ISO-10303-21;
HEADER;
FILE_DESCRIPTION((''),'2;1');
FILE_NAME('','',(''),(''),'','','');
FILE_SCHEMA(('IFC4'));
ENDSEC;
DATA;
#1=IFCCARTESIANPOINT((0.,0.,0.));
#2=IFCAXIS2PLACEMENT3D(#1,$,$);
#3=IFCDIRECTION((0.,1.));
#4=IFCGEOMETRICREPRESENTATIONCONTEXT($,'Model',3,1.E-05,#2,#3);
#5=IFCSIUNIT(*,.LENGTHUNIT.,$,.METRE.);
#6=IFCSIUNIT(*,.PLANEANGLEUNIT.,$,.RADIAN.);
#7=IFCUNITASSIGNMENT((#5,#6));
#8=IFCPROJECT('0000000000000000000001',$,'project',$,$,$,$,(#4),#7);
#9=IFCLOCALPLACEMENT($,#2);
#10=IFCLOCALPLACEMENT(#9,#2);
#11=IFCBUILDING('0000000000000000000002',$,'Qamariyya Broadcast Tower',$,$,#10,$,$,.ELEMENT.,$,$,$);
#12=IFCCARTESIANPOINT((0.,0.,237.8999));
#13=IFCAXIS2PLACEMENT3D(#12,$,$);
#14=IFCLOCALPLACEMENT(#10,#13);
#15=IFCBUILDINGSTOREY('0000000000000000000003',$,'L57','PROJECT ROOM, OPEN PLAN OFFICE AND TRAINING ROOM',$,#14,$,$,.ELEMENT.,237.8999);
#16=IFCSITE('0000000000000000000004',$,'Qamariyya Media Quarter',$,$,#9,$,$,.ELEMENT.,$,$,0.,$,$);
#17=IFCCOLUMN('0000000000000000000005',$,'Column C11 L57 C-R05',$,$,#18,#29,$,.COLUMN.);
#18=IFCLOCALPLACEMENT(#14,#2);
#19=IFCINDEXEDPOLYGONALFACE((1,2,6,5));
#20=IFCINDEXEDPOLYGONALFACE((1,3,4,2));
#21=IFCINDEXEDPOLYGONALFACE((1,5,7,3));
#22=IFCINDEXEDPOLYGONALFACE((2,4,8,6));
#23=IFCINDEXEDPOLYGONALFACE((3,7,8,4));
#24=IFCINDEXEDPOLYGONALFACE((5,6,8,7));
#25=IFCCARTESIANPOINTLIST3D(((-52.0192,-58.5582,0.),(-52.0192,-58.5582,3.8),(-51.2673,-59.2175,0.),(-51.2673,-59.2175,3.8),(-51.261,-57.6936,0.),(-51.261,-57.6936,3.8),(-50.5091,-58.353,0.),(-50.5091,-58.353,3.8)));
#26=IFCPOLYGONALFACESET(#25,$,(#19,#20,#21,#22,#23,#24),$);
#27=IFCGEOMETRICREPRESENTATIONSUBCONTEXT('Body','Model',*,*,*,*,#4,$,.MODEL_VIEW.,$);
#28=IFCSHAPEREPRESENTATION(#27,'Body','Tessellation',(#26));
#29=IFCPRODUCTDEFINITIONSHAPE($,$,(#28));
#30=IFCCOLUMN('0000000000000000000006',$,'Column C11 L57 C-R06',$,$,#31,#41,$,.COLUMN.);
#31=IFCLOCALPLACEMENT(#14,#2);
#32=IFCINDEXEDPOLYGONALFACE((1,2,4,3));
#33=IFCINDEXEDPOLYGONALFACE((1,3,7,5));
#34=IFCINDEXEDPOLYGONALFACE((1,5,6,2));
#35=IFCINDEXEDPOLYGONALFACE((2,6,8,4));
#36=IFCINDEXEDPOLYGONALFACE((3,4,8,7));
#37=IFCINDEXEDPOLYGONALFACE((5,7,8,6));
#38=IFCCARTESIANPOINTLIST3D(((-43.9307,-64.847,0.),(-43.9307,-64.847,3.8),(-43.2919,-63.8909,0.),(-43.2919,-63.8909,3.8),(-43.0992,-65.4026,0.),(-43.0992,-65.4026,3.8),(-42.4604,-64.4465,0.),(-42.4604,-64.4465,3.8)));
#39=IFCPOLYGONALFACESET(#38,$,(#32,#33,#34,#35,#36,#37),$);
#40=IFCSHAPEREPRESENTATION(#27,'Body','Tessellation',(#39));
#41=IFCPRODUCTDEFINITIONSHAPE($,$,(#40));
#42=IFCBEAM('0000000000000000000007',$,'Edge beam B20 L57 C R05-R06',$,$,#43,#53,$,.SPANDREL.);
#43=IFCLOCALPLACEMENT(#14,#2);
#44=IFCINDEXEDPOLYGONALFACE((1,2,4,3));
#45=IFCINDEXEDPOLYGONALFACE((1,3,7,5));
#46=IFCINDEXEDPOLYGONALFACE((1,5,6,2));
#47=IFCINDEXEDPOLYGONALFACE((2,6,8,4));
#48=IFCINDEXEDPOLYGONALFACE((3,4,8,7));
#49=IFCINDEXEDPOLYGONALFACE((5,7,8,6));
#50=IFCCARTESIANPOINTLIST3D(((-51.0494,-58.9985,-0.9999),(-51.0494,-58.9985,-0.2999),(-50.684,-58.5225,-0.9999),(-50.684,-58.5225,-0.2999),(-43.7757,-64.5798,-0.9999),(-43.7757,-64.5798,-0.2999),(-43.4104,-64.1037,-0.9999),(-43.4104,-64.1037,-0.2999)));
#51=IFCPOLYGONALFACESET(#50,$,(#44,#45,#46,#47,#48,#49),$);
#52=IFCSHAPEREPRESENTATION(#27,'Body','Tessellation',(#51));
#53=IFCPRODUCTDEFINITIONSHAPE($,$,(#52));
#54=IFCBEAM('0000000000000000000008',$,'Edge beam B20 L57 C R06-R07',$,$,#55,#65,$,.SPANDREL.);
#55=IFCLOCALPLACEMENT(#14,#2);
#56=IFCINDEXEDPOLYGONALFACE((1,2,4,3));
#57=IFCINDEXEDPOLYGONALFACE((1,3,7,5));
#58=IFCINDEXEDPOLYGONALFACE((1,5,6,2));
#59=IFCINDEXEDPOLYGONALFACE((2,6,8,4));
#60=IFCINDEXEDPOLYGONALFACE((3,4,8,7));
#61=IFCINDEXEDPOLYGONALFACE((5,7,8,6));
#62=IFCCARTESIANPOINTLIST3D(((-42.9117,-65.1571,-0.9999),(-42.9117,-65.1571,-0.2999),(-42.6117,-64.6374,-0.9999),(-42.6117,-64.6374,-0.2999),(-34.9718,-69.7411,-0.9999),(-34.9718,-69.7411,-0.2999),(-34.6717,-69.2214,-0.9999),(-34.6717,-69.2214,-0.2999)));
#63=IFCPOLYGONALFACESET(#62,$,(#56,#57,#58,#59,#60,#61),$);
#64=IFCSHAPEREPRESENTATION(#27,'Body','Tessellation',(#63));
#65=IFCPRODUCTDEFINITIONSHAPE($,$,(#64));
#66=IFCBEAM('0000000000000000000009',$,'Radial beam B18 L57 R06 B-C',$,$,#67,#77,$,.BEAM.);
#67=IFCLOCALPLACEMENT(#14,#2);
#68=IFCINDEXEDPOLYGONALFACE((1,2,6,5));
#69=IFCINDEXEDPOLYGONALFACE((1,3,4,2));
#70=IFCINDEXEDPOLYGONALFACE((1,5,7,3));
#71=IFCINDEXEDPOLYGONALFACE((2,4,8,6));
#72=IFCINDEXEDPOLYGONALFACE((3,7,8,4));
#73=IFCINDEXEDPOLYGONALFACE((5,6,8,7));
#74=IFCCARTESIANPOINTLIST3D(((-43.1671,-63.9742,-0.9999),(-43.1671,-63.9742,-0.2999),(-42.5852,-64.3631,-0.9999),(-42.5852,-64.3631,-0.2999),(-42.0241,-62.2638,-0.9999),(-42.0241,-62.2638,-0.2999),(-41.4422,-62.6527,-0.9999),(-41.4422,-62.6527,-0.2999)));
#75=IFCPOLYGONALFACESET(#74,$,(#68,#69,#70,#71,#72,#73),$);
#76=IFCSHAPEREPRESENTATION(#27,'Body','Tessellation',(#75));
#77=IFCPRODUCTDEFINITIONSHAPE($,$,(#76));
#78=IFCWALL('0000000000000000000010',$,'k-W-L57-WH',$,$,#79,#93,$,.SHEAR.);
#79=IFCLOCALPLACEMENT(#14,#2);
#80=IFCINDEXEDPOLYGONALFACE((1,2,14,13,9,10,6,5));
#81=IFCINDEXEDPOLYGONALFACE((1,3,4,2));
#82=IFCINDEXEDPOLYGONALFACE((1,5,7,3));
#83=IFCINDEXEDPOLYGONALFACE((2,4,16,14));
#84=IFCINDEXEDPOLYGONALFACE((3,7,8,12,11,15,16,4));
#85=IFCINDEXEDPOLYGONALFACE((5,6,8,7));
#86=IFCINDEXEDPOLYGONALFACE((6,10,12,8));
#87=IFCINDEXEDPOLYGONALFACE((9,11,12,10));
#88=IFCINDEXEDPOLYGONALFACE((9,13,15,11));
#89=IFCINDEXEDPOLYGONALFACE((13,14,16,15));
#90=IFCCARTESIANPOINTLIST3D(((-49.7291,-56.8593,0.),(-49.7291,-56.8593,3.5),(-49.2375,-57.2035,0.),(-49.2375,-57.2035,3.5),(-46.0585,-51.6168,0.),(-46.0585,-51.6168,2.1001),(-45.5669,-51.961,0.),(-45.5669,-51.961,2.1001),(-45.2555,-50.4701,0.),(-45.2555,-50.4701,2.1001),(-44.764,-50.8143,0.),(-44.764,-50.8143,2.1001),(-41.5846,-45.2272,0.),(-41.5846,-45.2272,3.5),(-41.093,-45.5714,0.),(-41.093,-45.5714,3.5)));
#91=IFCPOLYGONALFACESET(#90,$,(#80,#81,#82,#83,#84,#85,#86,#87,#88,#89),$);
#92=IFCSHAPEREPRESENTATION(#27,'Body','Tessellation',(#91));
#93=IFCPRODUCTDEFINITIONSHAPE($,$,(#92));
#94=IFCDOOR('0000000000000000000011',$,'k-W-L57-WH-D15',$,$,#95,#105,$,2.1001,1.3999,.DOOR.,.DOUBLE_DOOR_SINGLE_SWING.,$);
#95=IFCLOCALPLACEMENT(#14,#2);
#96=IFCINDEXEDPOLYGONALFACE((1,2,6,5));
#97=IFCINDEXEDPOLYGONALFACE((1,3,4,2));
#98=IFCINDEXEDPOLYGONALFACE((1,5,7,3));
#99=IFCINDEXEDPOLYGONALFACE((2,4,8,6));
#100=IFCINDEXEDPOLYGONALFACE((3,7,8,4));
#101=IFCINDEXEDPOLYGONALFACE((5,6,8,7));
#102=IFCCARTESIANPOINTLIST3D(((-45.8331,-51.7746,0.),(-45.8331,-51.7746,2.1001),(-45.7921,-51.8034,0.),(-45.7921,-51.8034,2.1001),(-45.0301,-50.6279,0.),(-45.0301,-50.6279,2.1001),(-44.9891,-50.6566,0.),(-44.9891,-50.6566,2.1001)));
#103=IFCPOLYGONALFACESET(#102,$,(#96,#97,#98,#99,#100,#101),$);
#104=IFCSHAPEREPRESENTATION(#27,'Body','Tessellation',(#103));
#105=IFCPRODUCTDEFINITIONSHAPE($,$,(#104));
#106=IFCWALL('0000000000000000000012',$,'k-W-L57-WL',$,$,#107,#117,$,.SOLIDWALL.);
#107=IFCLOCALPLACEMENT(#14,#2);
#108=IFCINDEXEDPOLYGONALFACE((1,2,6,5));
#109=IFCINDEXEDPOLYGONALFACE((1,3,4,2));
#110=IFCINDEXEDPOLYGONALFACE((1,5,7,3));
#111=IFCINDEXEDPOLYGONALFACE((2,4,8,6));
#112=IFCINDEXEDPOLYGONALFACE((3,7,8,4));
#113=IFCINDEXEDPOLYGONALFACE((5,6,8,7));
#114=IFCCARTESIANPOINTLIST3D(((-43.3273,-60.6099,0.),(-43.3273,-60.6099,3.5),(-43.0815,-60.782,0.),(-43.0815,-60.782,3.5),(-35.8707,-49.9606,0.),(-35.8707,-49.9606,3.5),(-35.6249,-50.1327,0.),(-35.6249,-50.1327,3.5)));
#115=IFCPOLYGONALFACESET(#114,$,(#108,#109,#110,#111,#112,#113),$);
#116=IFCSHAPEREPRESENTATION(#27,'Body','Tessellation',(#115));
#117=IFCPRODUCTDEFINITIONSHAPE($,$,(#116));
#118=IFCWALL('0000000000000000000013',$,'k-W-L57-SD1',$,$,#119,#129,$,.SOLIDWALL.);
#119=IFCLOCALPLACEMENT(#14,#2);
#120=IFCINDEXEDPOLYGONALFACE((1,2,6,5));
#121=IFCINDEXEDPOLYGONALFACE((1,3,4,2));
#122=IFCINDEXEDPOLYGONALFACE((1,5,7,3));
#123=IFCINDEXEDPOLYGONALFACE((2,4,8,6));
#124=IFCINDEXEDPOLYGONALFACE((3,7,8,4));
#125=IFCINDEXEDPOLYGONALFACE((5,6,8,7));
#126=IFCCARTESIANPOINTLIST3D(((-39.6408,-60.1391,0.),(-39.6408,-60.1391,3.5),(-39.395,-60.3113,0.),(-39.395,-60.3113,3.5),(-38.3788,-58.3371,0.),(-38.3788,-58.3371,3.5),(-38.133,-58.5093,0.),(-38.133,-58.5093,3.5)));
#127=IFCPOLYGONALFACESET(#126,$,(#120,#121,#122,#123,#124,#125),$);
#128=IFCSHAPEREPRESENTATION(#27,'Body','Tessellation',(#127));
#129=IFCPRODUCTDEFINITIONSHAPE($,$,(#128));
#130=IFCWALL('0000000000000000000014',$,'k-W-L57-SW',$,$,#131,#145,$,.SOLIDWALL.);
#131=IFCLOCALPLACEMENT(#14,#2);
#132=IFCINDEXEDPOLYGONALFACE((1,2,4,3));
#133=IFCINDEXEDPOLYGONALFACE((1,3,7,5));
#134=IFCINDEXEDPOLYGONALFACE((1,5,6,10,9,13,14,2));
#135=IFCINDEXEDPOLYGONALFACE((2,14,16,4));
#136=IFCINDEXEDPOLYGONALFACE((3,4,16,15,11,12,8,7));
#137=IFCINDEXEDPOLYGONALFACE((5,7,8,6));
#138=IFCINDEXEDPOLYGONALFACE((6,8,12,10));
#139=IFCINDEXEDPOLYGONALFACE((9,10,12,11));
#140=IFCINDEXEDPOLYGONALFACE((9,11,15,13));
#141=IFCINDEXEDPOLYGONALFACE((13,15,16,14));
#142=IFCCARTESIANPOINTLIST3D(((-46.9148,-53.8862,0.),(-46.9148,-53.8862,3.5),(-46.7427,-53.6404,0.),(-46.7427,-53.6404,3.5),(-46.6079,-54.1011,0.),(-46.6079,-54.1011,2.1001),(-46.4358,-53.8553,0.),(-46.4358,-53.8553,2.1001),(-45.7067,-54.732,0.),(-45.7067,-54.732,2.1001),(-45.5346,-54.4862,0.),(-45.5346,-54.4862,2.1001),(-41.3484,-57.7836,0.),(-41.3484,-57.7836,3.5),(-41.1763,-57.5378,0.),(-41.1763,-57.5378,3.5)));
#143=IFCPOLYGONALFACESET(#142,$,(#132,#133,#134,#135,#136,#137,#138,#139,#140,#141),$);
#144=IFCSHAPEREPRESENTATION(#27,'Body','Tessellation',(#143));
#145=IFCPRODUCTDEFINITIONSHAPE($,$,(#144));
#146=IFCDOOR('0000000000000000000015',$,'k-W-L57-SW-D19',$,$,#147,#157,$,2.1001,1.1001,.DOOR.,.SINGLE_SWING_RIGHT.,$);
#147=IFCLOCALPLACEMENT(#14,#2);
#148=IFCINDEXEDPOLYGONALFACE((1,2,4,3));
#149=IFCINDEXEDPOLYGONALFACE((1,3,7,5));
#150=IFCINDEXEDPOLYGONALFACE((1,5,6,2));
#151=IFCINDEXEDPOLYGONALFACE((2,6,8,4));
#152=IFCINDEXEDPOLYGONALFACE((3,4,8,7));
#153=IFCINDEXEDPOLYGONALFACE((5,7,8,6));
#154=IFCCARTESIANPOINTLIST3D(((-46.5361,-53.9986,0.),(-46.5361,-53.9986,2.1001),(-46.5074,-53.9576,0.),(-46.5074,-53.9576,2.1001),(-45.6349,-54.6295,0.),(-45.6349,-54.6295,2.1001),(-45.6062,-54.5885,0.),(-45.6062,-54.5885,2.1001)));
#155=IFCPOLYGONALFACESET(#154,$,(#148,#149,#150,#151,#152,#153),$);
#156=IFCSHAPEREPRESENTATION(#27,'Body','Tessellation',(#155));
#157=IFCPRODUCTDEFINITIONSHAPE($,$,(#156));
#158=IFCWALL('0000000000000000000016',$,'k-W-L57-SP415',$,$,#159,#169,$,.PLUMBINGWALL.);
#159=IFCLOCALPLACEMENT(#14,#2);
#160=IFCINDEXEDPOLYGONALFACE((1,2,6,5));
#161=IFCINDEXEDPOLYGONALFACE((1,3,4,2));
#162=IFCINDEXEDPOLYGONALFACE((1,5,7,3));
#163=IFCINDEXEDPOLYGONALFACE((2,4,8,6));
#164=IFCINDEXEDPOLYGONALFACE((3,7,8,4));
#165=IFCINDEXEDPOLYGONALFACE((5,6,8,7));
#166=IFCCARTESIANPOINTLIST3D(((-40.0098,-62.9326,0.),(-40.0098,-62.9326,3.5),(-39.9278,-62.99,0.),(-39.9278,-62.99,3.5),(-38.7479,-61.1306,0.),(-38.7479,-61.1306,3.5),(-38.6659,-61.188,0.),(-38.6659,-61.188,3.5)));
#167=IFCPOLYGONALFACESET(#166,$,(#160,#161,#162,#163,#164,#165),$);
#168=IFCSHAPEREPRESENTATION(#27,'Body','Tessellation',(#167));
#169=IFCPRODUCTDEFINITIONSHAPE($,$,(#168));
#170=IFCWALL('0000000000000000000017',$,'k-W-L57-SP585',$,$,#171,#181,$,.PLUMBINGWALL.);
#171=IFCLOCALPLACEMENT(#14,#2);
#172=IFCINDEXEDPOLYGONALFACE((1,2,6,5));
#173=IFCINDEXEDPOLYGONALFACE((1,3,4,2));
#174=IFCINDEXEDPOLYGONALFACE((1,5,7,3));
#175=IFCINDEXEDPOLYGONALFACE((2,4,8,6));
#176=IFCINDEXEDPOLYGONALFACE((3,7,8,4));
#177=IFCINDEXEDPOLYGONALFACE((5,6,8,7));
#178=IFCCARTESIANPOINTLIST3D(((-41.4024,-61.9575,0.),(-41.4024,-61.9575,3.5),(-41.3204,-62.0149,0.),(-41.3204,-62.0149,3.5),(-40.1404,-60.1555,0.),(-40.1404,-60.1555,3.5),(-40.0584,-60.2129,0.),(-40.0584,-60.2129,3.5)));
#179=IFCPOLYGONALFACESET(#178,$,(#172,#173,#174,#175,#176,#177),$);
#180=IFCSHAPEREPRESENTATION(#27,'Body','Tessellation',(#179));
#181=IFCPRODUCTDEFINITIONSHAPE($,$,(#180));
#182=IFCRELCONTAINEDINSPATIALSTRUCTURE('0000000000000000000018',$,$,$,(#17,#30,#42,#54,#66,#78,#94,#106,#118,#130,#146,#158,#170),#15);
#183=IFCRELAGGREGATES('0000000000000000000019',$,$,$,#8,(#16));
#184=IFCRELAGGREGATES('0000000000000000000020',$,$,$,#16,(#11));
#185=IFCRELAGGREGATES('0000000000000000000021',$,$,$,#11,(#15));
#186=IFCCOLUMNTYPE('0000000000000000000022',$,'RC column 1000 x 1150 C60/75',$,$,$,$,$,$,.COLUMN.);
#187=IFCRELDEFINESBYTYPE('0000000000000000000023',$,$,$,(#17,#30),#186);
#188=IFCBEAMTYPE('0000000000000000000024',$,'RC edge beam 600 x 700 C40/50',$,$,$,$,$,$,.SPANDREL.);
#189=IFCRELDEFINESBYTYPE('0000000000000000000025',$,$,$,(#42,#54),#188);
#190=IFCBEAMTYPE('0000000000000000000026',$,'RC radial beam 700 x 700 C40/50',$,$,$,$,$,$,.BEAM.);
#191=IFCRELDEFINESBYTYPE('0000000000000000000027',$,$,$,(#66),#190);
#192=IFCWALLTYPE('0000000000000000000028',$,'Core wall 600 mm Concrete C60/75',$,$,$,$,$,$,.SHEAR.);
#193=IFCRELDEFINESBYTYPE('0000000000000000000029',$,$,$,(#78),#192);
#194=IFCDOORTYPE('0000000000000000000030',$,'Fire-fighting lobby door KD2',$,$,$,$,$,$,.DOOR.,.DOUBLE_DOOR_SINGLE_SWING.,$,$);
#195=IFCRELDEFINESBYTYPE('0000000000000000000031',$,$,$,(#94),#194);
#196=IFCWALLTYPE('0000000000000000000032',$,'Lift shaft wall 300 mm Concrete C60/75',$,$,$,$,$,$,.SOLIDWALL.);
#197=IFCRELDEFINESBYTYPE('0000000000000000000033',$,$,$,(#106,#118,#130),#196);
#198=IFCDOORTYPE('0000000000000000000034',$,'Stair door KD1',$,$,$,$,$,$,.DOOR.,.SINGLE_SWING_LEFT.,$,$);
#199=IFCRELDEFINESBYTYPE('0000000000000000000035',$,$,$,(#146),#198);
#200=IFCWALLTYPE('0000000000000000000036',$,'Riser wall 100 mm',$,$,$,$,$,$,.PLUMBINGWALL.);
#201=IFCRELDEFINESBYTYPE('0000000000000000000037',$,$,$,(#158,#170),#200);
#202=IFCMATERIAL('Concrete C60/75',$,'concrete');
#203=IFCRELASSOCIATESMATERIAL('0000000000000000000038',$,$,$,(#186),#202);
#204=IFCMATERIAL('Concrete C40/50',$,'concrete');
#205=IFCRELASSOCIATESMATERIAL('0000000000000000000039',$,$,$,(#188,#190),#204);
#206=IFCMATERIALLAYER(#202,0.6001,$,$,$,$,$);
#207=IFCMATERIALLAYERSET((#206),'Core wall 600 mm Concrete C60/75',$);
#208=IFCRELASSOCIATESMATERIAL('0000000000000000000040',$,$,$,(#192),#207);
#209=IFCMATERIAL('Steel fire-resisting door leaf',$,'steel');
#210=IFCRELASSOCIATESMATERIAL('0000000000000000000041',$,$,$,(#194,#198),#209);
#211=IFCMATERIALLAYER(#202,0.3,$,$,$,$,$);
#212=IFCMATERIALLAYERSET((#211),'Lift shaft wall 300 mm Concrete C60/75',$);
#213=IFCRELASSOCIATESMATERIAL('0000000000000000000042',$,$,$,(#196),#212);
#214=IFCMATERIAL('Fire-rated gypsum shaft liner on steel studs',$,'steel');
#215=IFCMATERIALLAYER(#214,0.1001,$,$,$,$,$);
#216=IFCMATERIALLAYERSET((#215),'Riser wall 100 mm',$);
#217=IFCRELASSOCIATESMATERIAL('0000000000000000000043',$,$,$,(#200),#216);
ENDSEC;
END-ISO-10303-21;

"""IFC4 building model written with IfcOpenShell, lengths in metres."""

from ifc_helpers import new_model, si_unit, direction, frame, frame_2d, origin, origin_2d, place, context, subcontext, project, spatial, rectangle, extrude, material, layer, layer_set, material_profile, profile_set, type_object, element, fill, save


model = new_model("IFC4")

# Units and contexts
model_context = context("Model", 3, precision=1e-05, world=origin(), true_north=direction((0.0, 1.0)))
body_context = subcontext(model_context, "Body", "Model", "MODEL_VIEW")
ifc_project = project(units=[si_unit("LENGTHUNIT", "METRE"), si_unit("PLANEANGLEUNIT", "RADIAN")], contexts=[model_context])

# Site, building, storey
site_placement = place(None, origin())
site = spatial("IfcSite", under=ifc_project, at=site_placement, Name="Qamariyya Media Quarter", CompositionType="ELEMENT", RefElevation=0.0)
building_placement = place(site_placement, origin())
building = spatial("IfcBuilding", under=site, at=building_placement, Name="Qamariyya Broadcast Tower", CompositionType="ELEMENT")
storey_placement = place(building_placement, frame((0.0, 0.0, 237.8999)))
storey = spatial("IfcBuildingStorey", under=building, at=storey_placement, Name="L57", Description="PROJECT ROOM, OPEN PLAN OFFICE AND TRAINING ROOM", CompositionType="ELEMENT", Elevation=237.8999)

# Columns
ifc_material_1 = material(Name="Concrete C60/75", Category="concrete")
ifc_material_profile_1 = material_profile(ifc_material_1, rectangle(XDim=1.0, YDim=1.1499, at=origin_2d()))
ifc_profile_set_1 = profile_set([ifc_material_profile_1], Name="Concrete C60/75")
column_type = type_object("IfcColumnType", Name="RC column 1000 x 1150 C60/75", PredefinedType="COLUMN", material=ifc_profile_set_1)
for number, where, z_axis, x_axis, name in (
    (1, (-51.2642, -58.4556, 0.0), (0.0, 0.0, 1.0), (0.75184, -0.659346, 0.0), "Column C11 L57 C-R05"),
    (2, (-43.1956, -64.6467, 0.0), (0.0, 0.0, 1.0), (0.83147, -0.55557, 0.0), "Column C11 L57 C-R06"),
):
    element("IfcColumn", number, at=place(storey_placement, frame(where, z_axis=z_axis, x_axis=x_axis)), inside=storey, type_object=column_type, Name=name, PredefinedType="COLUMN", context=body_context, shape_type="SweptSolid", body=[
        extrude(rectangle(XDim=1.0, YDim=1.1499, at=origin_2d()), origin(), (0.0, 0.0, 1.0), 3.8),
    ])

# Beams
ifc_material_2 = material(Name="Concrete C40/50", Category="concrete")
ifc_material_profile_2 = material_profile(ifc_material_2, rectangle(XDim=0.6001, YDim=0.7, at=origin_2d()))
ifc_profile_set_2 = profile_set([ifc_material_profile_2], Name="Concrete C40/50")
beam_type_1 = type_object("IfcBeamType", Name="RC edge beam 600 x 700 C40/50", PredefinedType="SPANDREL", material=ifc_profile_set_2)
for number, where, z_axis, x_axis, name in (
    (3, (-50.8667, -58.7605, -0.6499), (0.793353, -0.608762, 0.0), (0.608762, 0.793353, 0.0), "Edge beam B20 L57 C R05-R06"),
    (4, (-42.7617, -64.8972, -0.6499), (0.866032, -0.499988, 0.0), (0.499988, 0.866032, 0.0), "Edge beam B20 L57 C R06-R07"),
):
    element("IfcBeam", number, at=place(storey_placement, frame(where, z_axis=z_axis, x_axis=x_axis)), inside=storey, type_object=beam_type_1, Name=name, PredefinedType="SPANDREL", context=body_context, shape_type="SweptSolid", body=[
        extrude(rectangle(XDim=0.6001, YDim=0.7, at=origin_2d()), origin(), (0.0, 0.0, 1.0), 9.1682),
    ])
ifc_material_profile_3 = material_profile(ifc_material_2, rectangle(XDim=0.7, YDim=0.7, at=origin_2d()))
ifc_profile_set_3 = profile_set([ifc_material_profile_3], Name="Concrete C40/50")
beam_type_2 = type_object("IfcBeamType", Name="RC radial beam 700 x 700 C40/50", PredefinedType="BEAM", material=ifc_profile_set_3)
beam_placement = place(storey_placement, frame((-41.7332, -62.4583, -0.6499), z_axis=(-0.555631, -0.831429, 0.0), x_axis=(0.831429, -0.555631, 0.0)))
element("IfcBeam", 5, at=beam_placement, inside=storey, type_object=beam_type_2, Name="Radial beam B18 L57 R06 B-C", PredefinedType="BEAM", context=body_context, shape_type="SweptSolid", body=[
    extrude(rectangle(XDim=0.7, YDim=0.7, at=origin_2d()), origin(), (0.0, 0.0, 1.0), 2.0571),
])

# Wall, opening, door
ifc_layer_1 = layer(ifc_material_1, 0.6001)
ifc_layer_set_1 = layer_set([ifc_layer_1], Name="Core wall 600 mm Concrete C60/75")
wall_type_1 = type_object("IfcWallType", Name="Core wall 600 mm Concrete C60/75", PredefinedType="SHEAR", material=ifc_layer_set_1)
wall_1_placement = place(storey_placement, frame((-49.4834, -57.0315, 0.0), z_axis=(0.0, 0.0, 1.0), x_axis=(0.57356, 0.819163, 0.0)))
wall_1 = element("IfcWall", 6, at=wall_1_placement, inside=storey, type_object=wall_type_1, Name="k-W-L57-WH", PredefinedType="SHEAR", context=body_context, shape_type="SweptSolid", body=[
    extrude(rectangle(XDim=14.2, YDim=0.6001, at=frame_2d((7.1001, 0.0))), origin(), (0.0, 0.0, 1.0), 3.5),
])
opening_1_placement = place(wall_1_placement, frame((6.3999, 0.0, 0.0)))
opening_1 = element("IfcOpeningElement", 7, at=opening_1_placement, cuts=wall_1, PredefinedType="OPENING", context=body_context, shape_type="SweptSolid", body=[
    extrude(rectangle(XDim=1.3999, YDim=2.1001, at=frame_2d((0.7, 1.05))), frame((0.0, 0.3101, 0.0), z_axis=(0.0, -1.0, 0.0), x_axis=(1.0, 0.0, 0.0)), (0.0, 0.0, 1.0), 0.6201),
])
ifc_material_3 = material(Name="Steel fire-resisting door leaf", Category="steel")
door_type_1 = type_object("IfcDoorType", Name="Fire-fighting lobby door KD2", OperationType="DOUBLE_DOOR_SINGLE_SWING", PredefinedType="DOOR", material=ifc_material_3)
door_1_placement = place(opening_1_placement, origin())
door_1 = element("IfcDoor", 8, at=door_1_placement, inside=storey, type_object=door_type_1, Name="k-W-L57-WH-D15", OperationType="DOUBLE_DOOR_SINGLE_SWING", OverallHeight=2.1001, OverallWidth=1.3999, PredefinedType="DOOR", context=body_context, shape_type="SweptSolid", body=[
    extrude(rectangle(XDim=1.3999, YDim=2.1001, at=frame_2d((0.7, 1.05))), frame((0.0, 0.0249, 0.0), z_axis=(0.0, -1.0, 0.0), x_axis=(1.0, 0.0, 0.0)), (0.0, 0.0, 1.0), 0.05),
])
fill(opening_1, door_1)

# Walls
ifc_layer_2 = layer(ifc_material_1, 0.3)
ifc_layer_set_2 = layer_set([ifc_layer_2], Name="Lift shaft wall 300 mm Concrete C60/75")
wall_type_2 = type_object("IfcWallType", Name="Lift shaft wall 300 mm Concrete C60/75", PredefinedType="SOLIDWALL", material=ifc_layer_set_2)
wall_2_placement = place(storey_placement, frame((-43.2043, -60.6958, 0.0), z_axis=(0.0, 0.0, 1.0), x_axis=(0.573572, 0.819155, 0.0)))
element("IfcWall", 9, at=wall_2_placement, inside=storey, type_object=wall_type_2, Name="k-W-L57-WL", PredefinedType="SOLIDWALL", context=body_context, shape_type="SweptSolid", body=[
    extrude(rectangle(XDim=13.0002, YDim=0.3, at=frame_2d((6.5, 0.0))), origin(), (0.0, 0.0, 1.0), 3.5),
])
wall_3_placement = place(storey_placement, frame((-38.2559, -58.4231, 0.0), z_axis=(0.0, 0.0, 1.0), x_axis=(-0.573634, -0.819112, 0.0)))
element("IfcWall", 10, at=wall_3_placement, inside=storey, type_object=wall_type_2, Name="k-W-L57-SD1", PredefinedType="SOLIDWALL", context=body_context, shape_type="SweptSolid", body=[
    extrude(rectangle(XDim=2.2, YDim=0.3, at=frame_2d((1.1001, 0.0))), origin(), (0.0, 0.0, 1.0), 3.5),
])

# Wall, opening, door
wall_4_placement = place(storey_placement, frame((-41.2625, -57.6606, 0.0), z_axis=(0.0, 0.0, 1.0), x_axis=(-0.819164, 0.573559, 0.0)))
wall_4 = element("IfcWall", 11, at=wall_4_placement, inside=storey, type_object=wall_type_2, Name="k-W-L57-SW", PredefinedType="SOLIDWALL", context=body_context, shape_type="SweptSolid", body=[
    extrude(rectangle(XDim=6.7952, YDim=0.3, at=frame_2d((3.3975, 0.0))), origin(), (0.0, 0.0, 1.0), 3.5),
])
opening_2_placement = place(wall_4_placement, frame((5.3203, 0.0, 0.0)))
opening_2 = element("IfcOpeningElement", 12, at=opening_2_placement, cuts=wall_4, PredefinedType="OPENING", context=body_context, shape_type="SweptSolid", body=[
    extrude(rectangle(XDim=1.1001, YDim=2.1001, at=frame_2d((0.55, 1.05))), frame((0.0, 0.1599, 0.0), z_axis=(0.0, -1.0, 0.0), x_axis=(1.0, 0.0, 0.0)), (0.0, 0.0, 1.0), 0.3201),
])
door_type_2 = type_object("IfcDoorType", Name="Stair door KD1", OperationType="SINGLE_SWING_LEFT", PredefinedType="DOOR", material=ifc_material_3)
door_2_placement = place(opening_2_placement, origin())
door_2 = element("IfcDoor", 13, at=door_2_placement, inside=storey, type_object=door_type_2, Name="k-W-L57-SW-D19", OperationType="SINGLE_SWING_RIGHT", OverallHeight=2.1001, OverallWidth=1.1001, PredefinedType="DOOR", context=body_context, shape_type="SweptSolid", body=[
    extrude(rectangle(XDim=1.1001, YDim=2.1001, at=frame_2d((0.55, 1.05))), frame((0.0, 0.0249, 0.0), z_axis=(0.0, -1.0, 0.0), x_axis=(1.0, 0.0, 0.0)), (0.0, 0.0, 1.0), 0.05),
])
fill(opening_2, door_2)

# Walls
ifc_material_4 = material(Name="Fire-rated gypsum shaft liner on steel studs", Category="steel")
ifc_layer_3 = layer(ifc_material_4, 0.1001)
ifc_layer_set_3 = layer_set([ifc_layer_3], Name="Riser wall 100 mm")
wall_type_3 = type_object("IfcWallType", Name="Riser wall 100 mm", PredefinedType="PLUMBINGWALL", material=ifc_layer_set_3)
for number, where, z_axis, x_axis, name in (
    (14, (-38.7068, -61.1592, 0.0), (0.0, 0.0, 1.0), (-0.573634, -0.819112, 0.0), "k-W-L57-SP415"),
    (15, (-40.0994, -60.1841, 0.0), (0.0, 0.0, 1.0), (-0.573634, -0.819112, 0.0), "k-W-L57-SP585"),
):
    element("IfcWall", number, at=place(storey_placement, frame(where, z_axis=z_axis, x_axis=x_axis)), inside=storey, type_object=wall_type_3, Name=name, PredefinedType="PLUMBINGWALL", context=body_context, shape_type="SweptSolid", body=[
        extrude(rectangle(XDim=2.2, YDim=0.1001, at=frame_2d((1.1001, 0.0))), origin(), (0.0, 0.0, 1.0), 3.5),
    ])

save(model, "model.ifc")
